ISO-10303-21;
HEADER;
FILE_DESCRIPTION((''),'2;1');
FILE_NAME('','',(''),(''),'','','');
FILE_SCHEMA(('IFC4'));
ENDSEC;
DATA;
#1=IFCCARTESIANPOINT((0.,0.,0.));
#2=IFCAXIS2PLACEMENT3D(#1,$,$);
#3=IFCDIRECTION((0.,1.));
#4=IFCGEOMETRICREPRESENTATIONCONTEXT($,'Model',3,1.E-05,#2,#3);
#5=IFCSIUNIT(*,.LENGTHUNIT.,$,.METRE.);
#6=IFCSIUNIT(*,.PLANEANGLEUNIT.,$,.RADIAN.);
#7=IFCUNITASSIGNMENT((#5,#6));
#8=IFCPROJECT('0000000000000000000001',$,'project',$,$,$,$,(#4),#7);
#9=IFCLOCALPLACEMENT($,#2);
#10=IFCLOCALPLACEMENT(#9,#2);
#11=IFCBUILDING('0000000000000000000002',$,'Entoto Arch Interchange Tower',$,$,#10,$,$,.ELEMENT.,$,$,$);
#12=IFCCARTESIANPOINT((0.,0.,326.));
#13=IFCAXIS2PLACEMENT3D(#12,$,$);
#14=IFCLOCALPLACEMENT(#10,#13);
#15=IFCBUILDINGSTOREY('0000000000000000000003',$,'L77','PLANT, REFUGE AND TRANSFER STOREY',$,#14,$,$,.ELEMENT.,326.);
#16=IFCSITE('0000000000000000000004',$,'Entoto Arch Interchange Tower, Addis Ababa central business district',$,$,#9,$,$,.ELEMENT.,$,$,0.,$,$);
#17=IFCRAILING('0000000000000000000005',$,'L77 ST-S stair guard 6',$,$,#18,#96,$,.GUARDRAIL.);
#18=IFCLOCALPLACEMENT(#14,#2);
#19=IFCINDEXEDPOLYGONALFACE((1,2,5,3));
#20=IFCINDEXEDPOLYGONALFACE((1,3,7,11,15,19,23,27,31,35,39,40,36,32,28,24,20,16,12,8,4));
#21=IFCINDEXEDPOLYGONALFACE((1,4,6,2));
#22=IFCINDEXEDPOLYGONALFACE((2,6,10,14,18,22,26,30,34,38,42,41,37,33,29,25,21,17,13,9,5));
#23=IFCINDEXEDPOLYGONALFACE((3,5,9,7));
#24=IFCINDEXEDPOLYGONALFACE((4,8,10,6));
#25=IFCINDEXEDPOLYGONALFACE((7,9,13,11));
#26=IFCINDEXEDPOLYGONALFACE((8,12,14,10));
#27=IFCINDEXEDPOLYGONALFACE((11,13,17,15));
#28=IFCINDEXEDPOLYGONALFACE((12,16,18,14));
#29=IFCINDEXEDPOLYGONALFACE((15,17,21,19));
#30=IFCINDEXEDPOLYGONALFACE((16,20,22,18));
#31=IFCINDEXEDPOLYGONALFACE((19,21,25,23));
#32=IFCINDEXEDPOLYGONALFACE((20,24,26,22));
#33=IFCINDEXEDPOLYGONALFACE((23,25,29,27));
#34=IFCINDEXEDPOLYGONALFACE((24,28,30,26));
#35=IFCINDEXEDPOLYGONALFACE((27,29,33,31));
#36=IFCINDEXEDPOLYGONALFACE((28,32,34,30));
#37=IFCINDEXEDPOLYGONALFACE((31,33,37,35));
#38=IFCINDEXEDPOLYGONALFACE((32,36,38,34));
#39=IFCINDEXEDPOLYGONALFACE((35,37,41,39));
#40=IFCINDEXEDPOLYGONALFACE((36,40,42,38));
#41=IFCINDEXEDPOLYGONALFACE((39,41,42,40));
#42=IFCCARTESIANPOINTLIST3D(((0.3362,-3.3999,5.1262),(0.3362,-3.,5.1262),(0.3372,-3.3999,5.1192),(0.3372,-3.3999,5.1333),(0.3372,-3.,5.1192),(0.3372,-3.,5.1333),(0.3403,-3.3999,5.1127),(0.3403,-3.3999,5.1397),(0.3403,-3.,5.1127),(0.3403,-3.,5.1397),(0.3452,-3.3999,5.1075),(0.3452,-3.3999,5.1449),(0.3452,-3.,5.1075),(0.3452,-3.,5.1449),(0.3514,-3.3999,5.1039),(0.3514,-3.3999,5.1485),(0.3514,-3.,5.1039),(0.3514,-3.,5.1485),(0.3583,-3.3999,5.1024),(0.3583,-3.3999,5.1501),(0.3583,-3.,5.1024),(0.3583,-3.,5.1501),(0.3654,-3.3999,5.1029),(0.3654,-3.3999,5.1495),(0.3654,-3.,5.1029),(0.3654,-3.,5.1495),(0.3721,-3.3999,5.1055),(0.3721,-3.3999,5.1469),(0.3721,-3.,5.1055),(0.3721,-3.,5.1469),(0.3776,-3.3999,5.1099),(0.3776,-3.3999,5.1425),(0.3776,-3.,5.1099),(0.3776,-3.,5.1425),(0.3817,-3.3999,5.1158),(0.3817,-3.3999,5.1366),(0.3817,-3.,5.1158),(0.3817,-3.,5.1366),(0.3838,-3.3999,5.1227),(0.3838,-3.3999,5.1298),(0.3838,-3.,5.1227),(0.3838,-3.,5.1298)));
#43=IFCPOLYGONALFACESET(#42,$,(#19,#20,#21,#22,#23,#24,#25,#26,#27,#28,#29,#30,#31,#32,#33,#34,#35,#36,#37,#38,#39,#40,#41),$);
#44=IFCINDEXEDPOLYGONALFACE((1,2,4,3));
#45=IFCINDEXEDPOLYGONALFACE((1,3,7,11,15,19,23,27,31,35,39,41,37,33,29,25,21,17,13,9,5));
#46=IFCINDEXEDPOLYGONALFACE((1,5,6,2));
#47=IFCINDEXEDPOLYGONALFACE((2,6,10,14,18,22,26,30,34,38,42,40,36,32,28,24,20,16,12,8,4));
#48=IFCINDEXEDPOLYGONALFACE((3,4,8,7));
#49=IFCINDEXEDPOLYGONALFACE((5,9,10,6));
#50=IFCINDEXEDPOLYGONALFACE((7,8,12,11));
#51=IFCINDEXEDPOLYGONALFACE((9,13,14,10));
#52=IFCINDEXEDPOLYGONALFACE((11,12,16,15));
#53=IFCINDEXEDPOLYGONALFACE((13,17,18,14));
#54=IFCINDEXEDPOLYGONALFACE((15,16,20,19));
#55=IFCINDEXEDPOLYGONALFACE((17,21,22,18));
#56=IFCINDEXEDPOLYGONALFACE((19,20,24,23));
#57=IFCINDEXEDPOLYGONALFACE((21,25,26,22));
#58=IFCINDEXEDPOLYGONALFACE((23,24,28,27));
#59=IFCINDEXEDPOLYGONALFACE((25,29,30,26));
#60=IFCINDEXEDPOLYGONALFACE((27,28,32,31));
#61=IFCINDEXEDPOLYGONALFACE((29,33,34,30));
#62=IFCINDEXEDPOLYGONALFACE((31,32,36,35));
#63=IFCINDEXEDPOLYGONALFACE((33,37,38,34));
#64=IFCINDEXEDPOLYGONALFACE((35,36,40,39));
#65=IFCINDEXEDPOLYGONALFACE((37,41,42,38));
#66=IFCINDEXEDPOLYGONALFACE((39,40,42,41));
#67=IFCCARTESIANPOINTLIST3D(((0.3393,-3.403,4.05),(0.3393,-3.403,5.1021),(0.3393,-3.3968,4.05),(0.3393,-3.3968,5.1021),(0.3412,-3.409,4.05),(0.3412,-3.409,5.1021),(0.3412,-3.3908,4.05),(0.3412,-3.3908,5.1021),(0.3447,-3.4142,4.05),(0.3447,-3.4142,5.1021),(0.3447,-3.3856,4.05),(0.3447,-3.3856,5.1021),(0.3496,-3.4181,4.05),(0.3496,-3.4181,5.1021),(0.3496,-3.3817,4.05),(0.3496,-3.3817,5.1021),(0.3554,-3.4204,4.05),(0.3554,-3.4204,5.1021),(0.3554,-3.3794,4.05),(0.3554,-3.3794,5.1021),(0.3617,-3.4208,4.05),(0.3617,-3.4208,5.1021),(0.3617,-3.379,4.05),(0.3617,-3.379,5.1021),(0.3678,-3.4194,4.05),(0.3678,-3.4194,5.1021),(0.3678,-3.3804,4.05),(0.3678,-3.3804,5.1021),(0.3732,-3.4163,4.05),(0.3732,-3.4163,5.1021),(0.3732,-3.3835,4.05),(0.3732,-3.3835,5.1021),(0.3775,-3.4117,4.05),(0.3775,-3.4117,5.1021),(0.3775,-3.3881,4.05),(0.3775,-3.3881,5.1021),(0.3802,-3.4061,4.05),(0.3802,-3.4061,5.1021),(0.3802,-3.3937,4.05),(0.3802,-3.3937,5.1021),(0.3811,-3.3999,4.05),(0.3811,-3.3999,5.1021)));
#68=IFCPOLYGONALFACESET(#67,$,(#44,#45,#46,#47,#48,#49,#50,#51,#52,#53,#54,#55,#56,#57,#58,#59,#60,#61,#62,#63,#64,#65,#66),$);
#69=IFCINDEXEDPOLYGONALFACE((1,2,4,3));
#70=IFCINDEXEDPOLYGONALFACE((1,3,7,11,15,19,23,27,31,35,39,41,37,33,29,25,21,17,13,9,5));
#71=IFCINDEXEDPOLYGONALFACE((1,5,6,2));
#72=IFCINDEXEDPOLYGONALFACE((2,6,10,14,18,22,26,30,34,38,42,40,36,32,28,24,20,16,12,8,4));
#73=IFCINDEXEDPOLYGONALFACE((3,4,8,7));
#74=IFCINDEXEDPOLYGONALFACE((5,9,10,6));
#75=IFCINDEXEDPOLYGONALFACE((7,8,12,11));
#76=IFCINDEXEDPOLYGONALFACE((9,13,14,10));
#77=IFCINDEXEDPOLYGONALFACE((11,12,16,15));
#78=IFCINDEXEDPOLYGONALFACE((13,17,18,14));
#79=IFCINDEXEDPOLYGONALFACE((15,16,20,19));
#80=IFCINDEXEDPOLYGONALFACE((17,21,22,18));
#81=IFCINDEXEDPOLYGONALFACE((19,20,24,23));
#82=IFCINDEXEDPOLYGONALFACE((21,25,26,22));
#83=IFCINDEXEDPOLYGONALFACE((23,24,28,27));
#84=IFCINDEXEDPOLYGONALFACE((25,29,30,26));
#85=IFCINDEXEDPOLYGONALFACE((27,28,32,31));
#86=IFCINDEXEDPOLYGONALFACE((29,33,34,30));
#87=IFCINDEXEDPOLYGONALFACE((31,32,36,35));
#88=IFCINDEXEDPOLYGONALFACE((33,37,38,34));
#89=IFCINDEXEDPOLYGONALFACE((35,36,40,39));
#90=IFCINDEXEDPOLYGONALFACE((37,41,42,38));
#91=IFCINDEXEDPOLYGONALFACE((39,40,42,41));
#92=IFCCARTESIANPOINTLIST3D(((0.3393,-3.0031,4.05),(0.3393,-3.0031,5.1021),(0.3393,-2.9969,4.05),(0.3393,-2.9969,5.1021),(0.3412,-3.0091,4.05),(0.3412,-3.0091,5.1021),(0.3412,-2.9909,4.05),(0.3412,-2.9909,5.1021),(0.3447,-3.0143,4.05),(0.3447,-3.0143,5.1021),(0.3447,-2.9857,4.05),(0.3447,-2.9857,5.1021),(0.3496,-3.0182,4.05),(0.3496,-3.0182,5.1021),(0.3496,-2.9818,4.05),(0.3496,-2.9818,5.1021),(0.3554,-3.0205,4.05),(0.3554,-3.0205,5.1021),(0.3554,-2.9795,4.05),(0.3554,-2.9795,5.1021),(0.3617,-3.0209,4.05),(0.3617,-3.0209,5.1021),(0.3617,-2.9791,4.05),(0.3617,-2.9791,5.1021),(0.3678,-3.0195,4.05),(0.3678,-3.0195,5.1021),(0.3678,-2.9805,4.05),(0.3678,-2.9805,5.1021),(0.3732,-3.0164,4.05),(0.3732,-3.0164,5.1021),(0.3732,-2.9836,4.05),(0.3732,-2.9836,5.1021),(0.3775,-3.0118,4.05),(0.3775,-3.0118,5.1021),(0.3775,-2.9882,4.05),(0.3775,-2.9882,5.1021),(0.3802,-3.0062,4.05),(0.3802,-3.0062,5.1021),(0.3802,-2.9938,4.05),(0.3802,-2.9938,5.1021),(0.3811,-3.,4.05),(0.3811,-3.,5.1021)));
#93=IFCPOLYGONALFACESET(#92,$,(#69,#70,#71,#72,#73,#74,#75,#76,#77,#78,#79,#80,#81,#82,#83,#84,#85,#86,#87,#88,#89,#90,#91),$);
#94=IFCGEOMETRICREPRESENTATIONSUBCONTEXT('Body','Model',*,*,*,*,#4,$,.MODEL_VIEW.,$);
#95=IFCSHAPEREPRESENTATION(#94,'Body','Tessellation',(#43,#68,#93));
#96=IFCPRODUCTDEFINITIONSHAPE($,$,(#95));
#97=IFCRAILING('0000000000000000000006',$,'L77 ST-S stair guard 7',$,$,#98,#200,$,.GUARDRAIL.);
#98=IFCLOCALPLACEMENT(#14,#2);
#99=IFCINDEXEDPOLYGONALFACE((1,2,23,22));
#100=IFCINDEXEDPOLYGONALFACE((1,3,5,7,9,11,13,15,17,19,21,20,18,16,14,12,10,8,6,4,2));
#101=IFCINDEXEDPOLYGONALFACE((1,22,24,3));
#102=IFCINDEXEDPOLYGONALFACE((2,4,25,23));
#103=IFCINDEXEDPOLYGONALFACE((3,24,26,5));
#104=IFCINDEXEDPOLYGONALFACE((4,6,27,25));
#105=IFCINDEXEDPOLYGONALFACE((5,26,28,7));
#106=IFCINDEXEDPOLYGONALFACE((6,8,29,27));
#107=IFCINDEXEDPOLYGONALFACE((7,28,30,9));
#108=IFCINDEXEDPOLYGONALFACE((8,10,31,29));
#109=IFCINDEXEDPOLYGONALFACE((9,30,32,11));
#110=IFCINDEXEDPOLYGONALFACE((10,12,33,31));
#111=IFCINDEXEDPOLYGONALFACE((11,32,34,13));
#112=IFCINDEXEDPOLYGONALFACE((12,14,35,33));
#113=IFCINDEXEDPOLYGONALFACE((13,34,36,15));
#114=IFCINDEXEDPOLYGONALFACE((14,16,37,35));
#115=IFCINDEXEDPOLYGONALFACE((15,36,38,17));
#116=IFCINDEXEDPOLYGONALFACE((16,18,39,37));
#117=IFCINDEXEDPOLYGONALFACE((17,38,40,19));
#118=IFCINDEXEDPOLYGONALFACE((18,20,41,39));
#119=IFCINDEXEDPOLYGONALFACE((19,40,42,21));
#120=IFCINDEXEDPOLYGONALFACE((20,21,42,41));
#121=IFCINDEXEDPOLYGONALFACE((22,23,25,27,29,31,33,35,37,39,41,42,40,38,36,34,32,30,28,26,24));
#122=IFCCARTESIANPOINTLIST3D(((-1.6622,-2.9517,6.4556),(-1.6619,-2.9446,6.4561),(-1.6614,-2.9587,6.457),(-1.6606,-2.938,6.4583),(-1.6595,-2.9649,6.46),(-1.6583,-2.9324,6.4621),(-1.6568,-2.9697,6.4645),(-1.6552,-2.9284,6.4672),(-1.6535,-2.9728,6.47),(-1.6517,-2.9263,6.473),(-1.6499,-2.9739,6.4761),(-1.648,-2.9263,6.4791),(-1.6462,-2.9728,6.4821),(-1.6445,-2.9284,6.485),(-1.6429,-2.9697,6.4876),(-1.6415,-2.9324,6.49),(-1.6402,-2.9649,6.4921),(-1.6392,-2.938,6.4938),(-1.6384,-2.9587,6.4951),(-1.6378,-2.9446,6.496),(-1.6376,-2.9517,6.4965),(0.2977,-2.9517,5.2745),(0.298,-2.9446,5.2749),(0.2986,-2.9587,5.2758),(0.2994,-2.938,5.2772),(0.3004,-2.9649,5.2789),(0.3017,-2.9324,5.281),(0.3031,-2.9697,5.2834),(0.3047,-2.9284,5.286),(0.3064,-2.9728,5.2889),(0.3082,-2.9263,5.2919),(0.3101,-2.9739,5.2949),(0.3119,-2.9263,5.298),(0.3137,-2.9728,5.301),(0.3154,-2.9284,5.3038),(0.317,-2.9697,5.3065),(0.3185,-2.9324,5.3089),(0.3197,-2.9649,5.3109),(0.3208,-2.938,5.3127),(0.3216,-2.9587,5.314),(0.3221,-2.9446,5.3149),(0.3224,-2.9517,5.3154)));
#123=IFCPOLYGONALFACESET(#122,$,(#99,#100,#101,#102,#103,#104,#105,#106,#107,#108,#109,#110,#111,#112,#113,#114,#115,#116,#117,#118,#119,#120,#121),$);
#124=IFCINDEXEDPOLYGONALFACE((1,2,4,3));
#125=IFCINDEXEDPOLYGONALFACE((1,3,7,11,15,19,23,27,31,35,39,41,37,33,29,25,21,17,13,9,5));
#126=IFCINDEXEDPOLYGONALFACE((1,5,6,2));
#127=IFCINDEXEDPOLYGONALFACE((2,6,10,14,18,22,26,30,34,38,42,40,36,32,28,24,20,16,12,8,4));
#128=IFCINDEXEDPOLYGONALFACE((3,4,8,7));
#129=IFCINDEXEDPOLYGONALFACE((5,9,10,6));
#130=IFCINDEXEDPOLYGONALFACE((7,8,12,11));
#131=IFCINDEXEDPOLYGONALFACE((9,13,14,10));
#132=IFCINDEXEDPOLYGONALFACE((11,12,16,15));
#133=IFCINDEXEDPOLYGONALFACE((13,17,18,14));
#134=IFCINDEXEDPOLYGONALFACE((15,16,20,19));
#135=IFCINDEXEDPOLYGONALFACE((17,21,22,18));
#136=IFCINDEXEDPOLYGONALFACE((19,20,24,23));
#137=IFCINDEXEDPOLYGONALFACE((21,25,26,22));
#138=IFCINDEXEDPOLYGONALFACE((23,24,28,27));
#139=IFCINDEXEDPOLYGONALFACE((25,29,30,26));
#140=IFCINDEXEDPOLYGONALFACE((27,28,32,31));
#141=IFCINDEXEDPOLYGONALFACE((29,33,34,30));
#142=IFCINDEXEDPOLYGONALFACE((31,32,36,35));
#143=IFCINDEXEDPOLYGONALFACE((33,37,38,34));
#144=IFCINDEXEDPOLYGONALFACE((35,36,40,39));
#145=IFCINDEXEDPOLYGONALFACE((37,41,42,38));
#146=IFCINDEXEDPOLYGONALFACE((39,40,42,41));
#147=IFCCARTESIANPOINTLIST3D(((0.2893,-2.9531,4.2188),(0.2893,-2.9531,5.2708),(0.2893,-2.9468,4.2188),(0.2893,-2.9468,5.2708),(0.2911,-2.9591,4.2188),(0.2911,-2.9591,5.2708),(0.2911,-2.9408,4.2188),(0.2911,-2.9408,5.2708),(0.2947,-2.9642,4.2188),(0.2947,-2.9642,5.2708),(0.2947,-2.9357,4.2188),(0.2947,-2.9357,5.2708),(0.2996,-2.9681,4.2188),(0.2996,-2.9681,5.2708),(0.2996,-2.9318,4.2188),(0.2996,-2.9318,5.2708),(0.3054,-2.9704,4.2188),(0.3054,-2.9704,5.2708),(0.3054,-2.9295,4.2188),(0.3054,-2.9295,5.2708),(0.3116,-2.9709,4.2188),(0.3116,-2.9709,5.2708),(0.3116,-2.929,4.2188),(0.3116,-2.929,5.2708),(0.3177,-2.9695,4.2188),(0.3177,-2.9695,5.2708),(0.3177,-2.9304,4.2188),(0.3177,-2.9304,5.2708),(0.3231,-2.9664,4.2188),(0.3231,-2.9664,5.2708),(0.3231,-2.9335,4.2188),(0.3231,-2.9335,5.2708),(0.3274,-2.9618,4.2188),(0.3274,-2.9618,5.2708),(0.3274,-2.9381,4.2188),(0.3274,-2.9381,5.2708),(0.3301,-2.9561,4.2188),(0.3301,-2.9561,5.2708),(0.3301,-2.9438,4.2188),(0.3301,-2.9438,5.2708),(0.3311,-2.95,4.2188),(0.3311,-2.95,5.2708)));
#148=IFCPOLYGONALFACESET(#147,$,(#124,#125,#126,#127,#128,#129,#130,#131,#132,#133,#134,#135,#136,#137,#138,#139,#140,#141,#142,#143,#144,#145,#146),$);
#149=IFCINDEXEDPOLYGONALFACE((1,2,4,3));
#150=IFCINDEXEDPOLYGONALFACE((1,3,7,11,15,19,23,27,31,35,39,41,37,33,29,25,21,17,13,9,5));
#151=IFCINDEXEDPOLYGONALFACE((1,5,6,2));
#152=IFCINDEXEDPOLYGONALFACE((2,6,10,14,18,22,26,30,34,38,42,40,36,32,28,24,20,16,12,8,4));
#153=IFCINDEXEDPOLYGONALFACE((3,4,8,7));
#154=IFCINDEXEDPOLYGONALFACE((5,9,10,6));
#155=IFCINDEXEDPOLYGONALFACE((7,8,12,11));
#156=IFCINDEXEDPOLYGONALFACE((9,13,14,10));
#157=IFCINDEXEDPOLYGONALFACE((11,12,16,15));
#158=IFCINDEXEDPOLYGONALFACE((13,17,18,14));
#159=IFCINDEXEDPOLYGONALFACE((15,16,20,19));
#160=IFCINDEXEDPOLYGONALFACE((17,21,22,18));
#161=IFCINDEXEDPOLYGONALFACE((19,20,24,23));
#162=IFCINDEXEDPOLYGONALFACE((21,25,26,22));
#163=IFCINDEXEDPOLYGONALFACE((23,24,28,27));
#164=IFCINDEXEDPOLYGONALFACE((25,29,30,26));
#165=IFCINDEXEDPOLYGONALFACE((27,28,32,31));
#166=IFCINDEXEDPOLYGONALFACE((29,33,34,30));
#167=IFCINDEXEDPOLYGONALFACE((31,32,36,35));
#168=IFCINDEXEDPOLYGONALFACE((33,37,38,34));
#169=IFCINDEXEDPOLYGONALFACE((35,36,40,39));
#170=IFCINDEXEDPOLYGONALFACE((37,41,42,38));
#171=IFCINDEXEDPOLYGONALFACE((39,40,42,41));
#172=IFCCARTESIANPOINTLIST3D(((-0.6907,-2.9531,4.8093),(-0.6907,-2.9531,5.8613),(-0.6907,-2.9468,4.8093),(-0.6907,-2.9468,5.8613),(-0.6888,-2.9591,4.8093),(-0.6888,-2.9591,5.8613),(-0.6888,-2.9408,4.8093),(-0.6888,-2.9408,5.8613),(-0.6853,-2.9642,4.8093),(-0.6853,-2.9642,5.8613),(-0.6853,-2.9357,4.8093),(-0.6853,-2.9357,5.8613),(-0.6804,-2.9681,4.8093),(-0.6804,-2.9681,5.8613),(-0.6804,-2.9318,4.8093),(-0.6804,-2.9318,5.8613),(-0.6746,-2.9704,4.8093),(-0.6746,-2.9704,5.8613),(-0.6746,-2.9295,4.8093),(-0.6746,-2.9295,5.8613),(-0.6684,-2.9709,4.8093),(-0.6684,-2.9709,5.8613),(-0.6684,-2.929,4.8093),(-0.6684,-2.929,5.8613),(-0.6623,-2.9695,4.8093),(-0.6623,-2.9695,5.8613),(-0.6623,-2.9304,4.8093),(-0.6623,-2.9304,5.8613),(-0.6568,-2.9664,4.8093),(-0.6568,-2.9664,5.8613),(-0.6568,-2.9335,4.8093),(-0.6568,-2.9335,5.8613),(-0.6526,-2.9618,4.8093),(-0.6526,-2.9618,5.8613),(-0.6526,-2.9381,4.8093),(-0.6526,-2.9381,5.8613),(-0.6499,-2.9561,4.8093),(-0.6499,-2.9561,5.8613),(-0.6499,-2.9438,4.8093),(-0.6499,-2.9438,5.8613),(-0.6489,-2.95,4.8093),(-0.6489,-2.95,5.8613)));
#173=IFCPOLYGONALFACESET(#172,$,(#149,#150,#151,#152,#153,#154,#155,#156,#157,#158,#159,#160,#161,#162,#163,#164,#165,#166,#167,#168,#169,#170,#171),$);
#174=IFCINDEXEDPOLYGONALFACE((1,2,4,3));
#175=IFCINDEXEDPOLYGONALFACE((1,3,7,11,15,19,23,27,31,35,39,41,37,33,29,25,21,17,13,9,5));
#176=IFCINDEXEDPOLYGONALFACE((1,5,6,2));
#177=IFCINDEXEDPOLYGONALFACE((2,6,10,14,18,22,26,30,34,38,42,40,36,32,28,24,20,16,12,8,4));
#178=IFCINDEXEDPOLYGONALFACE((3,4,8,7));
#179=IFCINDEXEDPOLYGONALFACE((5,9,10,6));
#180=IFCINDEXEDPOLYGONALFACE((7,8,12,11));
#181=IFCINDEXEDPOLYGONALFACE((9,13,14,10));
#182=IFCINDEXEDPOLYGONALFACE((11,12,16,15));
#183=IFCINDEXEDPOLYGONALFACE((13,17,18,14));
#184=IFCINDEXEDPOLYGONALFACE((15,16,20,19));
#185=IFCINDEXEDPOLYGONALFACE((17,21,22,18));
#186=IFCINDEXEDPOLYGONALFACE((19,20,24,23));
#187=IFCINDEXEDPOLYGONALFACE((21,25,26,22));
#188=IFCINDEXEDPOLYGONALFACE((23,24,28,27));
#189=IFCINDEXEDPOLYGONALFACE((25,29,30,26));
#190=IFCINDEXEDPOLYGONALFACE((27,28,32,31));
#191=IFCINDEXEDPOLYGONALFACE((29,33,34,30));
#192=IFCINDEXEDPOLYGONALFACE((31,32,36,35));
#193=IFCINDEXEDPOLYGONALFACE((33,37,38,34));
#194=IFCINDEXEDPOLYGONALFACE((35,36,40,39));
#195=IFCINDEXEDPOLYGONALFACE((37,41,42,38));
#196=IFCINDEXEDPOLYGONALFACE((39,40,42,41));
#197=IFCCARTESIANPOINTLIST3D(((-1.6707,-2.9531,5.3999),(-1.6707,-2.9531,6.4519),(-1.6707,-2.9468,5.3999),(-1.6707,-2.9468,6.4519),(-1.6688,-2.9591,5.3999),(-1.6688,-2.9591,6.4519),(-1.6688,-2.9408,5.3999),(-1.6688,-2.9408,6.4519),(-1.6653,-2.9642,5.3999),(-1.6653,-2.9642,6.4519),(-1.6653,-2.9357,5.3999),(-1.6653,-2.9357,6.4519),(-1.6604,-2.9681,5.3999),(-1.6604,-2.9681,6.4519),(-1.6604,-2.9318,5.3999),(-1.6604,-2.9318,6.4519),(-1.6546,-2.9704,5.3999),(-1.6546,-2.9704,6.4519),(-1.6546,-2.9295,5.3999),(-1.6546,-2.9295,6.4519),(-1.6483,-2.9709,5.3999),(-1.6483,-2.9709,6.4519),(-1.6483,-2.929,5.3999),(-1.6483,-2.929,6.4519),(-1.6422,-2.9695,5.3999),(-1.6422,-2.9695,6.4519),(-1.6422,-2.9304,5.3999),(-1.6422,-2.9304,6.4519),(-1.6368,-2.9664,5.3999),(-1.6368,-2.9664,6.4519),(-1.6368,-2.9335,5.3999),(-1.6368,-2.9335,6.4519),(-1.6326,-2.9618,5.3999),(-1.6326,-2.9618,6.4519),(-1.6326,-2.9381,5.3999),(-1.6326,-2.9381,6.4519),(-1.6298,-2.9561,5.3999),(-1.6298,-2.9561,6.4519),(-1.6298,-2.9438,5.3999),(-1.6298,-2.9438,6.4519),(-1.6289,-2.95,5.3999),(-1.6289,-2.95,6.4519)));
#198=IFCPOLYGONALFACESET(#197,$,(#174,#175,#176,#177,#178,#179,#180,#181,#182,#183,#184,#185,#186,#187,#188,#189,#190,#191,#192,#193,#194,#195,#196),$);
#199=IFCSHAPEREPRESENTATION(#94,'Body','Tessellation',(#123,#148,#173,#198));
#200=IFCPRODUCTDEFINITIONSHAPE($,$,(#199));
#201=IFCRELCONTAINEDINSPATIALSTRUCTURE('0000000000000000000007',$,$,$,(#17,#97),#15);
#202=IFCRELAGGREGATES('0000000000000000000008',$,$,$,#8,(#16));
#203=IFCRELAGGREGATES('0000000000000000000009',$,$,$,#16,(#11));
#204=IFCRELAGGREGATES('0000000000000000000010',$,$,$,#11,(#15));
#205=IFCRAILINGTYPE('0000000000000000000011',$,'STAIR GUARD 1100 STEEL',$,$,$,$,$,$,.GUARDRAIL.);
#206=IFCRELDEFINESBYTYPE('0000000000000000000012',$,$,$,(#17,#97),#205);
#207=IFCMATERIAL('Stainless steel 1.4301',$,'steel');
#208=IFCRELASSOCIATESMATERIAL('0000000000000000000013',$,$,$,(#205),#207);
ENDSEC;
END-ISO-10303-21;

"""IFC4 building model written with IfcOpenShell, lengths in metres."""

from ifc_helpers import new_model, si_unit, direction, frame, origin, origin_2d, place, context, subcontext, project, spatial, circle, extrude, material, type_object, element, save


model = new_model("IFC4")

# Units and contexts
model_context = context("Model", 3, precision=1e-05, world=origin(), true_north=direction((0.0, 1.0)))
body_context = subcontext(model_context, "Body", "Model", "MODEL_VIEW")
ifc_project = project(units=[si_unit("LENGTHUNIT", "METRE"), si_unit("PLANEANGLEUNIT", "RADIAN")], contexts=[model_context])

# Site, building, storey
site_placement = place(None, origin())
site = spatial("IfcSite", under=ifc_project, at=site_placement, Name="Entoto Arch Interchange Tower, Addis Ababa central business district", CompositionType="ELEMENT", RefElevation=0.0)
building_placement = place(site_placement, origin())
building = spatial("IfcBuilding", under=site, at=building_placement, Name="Entoto Arch Interchange Tower", CompositionType="ELEMENT")
storey_placement = place(building_placement, frame((0.0, 0.0, 326.0)))
storey = spatial("IfcBuildingStorey", under=building, at=storey_placement, Name="L77", Description="PLANT, REFUGE AND TRANSFER STOREY", CompositionType="ELEMENT", Elevation=326.0)

# Railings
ifc_material_1 = material(Name="Stainless steel 1.4301", Category="steel")
railing_type_1 = type_object("IfcRailingType", Name="STAIR GUARD 1100 STEEL", PredefinedType="GUARDRAIL", material=ifc_material_1)
railing_1_placement = place(storey_placement, frame((0.3601, -3.3999, 4.05)))
element("IfcRailing", 1, at=railing_1_placement, inside=storey, type_object=railing_type_1, Name="L77 ST-S stair guard 6", PredefinedType="GUARDRAIL", context=body_context, shape_type="SweptSolid", body=[
    extrude(circle(Radius=0.0239, at=origin_2d()), frame((0.0, 0.0, 1.0762), z_axis=(0.0, 1.0, 0.0), x_axis=(-1.0, 0.0, 0.0)), (0.0, 0.0, 1.0), 0.3999),
    extrude(circle(Radius=0.021, at=origin_2d()), origin(), (0.0, 0.0, 1.0), 1.052),
    extrude(circle(Radius=0.021, at=origin_2d()), frame((0.0, 0.3999, 0.0)), (0.0, 0.0, 1.0), 1.052),
])
railing_2_placement = place(storey_placement, frame((0.3101, -2.95, 4.2188)))
element("IfcRailing", 2, at=railing_2_placement, inside=storey, type_object=railing_type_1, Name="L77 ST-S stair guard 7", PredefinedType="GUARDRAIL", context=body_context, shape_type="SweptSolid", body=[
    extrude(circle(Radius=0.0239, at=origin_2d()), frame((0.0, 0.0, 1.0762), z_axis=(-0.856493, 0.0, 0.516158), x_axis=(0.0, -1.0, 0.0)), (0.0, 0.0, 1.0), 2.2883),
    extrude(circle(Radius=0.021, at=origin_2d()), origin(), (0.0, 0.0, 1.0), 1.052),
    extrude(circle(Radius=0.021, at=origin_2d()), frame((-0.98, 0.0, 0.5906)), (0.0, 0.0, 1.0), 1.052),
    extrude(circle(Radius=0.021, at=origin_2d()), frame((-1.96, 0.0, 1.1812)), (0.0, 0.0, 1.0), 1.052),
])

save(model, "model.ifc")
